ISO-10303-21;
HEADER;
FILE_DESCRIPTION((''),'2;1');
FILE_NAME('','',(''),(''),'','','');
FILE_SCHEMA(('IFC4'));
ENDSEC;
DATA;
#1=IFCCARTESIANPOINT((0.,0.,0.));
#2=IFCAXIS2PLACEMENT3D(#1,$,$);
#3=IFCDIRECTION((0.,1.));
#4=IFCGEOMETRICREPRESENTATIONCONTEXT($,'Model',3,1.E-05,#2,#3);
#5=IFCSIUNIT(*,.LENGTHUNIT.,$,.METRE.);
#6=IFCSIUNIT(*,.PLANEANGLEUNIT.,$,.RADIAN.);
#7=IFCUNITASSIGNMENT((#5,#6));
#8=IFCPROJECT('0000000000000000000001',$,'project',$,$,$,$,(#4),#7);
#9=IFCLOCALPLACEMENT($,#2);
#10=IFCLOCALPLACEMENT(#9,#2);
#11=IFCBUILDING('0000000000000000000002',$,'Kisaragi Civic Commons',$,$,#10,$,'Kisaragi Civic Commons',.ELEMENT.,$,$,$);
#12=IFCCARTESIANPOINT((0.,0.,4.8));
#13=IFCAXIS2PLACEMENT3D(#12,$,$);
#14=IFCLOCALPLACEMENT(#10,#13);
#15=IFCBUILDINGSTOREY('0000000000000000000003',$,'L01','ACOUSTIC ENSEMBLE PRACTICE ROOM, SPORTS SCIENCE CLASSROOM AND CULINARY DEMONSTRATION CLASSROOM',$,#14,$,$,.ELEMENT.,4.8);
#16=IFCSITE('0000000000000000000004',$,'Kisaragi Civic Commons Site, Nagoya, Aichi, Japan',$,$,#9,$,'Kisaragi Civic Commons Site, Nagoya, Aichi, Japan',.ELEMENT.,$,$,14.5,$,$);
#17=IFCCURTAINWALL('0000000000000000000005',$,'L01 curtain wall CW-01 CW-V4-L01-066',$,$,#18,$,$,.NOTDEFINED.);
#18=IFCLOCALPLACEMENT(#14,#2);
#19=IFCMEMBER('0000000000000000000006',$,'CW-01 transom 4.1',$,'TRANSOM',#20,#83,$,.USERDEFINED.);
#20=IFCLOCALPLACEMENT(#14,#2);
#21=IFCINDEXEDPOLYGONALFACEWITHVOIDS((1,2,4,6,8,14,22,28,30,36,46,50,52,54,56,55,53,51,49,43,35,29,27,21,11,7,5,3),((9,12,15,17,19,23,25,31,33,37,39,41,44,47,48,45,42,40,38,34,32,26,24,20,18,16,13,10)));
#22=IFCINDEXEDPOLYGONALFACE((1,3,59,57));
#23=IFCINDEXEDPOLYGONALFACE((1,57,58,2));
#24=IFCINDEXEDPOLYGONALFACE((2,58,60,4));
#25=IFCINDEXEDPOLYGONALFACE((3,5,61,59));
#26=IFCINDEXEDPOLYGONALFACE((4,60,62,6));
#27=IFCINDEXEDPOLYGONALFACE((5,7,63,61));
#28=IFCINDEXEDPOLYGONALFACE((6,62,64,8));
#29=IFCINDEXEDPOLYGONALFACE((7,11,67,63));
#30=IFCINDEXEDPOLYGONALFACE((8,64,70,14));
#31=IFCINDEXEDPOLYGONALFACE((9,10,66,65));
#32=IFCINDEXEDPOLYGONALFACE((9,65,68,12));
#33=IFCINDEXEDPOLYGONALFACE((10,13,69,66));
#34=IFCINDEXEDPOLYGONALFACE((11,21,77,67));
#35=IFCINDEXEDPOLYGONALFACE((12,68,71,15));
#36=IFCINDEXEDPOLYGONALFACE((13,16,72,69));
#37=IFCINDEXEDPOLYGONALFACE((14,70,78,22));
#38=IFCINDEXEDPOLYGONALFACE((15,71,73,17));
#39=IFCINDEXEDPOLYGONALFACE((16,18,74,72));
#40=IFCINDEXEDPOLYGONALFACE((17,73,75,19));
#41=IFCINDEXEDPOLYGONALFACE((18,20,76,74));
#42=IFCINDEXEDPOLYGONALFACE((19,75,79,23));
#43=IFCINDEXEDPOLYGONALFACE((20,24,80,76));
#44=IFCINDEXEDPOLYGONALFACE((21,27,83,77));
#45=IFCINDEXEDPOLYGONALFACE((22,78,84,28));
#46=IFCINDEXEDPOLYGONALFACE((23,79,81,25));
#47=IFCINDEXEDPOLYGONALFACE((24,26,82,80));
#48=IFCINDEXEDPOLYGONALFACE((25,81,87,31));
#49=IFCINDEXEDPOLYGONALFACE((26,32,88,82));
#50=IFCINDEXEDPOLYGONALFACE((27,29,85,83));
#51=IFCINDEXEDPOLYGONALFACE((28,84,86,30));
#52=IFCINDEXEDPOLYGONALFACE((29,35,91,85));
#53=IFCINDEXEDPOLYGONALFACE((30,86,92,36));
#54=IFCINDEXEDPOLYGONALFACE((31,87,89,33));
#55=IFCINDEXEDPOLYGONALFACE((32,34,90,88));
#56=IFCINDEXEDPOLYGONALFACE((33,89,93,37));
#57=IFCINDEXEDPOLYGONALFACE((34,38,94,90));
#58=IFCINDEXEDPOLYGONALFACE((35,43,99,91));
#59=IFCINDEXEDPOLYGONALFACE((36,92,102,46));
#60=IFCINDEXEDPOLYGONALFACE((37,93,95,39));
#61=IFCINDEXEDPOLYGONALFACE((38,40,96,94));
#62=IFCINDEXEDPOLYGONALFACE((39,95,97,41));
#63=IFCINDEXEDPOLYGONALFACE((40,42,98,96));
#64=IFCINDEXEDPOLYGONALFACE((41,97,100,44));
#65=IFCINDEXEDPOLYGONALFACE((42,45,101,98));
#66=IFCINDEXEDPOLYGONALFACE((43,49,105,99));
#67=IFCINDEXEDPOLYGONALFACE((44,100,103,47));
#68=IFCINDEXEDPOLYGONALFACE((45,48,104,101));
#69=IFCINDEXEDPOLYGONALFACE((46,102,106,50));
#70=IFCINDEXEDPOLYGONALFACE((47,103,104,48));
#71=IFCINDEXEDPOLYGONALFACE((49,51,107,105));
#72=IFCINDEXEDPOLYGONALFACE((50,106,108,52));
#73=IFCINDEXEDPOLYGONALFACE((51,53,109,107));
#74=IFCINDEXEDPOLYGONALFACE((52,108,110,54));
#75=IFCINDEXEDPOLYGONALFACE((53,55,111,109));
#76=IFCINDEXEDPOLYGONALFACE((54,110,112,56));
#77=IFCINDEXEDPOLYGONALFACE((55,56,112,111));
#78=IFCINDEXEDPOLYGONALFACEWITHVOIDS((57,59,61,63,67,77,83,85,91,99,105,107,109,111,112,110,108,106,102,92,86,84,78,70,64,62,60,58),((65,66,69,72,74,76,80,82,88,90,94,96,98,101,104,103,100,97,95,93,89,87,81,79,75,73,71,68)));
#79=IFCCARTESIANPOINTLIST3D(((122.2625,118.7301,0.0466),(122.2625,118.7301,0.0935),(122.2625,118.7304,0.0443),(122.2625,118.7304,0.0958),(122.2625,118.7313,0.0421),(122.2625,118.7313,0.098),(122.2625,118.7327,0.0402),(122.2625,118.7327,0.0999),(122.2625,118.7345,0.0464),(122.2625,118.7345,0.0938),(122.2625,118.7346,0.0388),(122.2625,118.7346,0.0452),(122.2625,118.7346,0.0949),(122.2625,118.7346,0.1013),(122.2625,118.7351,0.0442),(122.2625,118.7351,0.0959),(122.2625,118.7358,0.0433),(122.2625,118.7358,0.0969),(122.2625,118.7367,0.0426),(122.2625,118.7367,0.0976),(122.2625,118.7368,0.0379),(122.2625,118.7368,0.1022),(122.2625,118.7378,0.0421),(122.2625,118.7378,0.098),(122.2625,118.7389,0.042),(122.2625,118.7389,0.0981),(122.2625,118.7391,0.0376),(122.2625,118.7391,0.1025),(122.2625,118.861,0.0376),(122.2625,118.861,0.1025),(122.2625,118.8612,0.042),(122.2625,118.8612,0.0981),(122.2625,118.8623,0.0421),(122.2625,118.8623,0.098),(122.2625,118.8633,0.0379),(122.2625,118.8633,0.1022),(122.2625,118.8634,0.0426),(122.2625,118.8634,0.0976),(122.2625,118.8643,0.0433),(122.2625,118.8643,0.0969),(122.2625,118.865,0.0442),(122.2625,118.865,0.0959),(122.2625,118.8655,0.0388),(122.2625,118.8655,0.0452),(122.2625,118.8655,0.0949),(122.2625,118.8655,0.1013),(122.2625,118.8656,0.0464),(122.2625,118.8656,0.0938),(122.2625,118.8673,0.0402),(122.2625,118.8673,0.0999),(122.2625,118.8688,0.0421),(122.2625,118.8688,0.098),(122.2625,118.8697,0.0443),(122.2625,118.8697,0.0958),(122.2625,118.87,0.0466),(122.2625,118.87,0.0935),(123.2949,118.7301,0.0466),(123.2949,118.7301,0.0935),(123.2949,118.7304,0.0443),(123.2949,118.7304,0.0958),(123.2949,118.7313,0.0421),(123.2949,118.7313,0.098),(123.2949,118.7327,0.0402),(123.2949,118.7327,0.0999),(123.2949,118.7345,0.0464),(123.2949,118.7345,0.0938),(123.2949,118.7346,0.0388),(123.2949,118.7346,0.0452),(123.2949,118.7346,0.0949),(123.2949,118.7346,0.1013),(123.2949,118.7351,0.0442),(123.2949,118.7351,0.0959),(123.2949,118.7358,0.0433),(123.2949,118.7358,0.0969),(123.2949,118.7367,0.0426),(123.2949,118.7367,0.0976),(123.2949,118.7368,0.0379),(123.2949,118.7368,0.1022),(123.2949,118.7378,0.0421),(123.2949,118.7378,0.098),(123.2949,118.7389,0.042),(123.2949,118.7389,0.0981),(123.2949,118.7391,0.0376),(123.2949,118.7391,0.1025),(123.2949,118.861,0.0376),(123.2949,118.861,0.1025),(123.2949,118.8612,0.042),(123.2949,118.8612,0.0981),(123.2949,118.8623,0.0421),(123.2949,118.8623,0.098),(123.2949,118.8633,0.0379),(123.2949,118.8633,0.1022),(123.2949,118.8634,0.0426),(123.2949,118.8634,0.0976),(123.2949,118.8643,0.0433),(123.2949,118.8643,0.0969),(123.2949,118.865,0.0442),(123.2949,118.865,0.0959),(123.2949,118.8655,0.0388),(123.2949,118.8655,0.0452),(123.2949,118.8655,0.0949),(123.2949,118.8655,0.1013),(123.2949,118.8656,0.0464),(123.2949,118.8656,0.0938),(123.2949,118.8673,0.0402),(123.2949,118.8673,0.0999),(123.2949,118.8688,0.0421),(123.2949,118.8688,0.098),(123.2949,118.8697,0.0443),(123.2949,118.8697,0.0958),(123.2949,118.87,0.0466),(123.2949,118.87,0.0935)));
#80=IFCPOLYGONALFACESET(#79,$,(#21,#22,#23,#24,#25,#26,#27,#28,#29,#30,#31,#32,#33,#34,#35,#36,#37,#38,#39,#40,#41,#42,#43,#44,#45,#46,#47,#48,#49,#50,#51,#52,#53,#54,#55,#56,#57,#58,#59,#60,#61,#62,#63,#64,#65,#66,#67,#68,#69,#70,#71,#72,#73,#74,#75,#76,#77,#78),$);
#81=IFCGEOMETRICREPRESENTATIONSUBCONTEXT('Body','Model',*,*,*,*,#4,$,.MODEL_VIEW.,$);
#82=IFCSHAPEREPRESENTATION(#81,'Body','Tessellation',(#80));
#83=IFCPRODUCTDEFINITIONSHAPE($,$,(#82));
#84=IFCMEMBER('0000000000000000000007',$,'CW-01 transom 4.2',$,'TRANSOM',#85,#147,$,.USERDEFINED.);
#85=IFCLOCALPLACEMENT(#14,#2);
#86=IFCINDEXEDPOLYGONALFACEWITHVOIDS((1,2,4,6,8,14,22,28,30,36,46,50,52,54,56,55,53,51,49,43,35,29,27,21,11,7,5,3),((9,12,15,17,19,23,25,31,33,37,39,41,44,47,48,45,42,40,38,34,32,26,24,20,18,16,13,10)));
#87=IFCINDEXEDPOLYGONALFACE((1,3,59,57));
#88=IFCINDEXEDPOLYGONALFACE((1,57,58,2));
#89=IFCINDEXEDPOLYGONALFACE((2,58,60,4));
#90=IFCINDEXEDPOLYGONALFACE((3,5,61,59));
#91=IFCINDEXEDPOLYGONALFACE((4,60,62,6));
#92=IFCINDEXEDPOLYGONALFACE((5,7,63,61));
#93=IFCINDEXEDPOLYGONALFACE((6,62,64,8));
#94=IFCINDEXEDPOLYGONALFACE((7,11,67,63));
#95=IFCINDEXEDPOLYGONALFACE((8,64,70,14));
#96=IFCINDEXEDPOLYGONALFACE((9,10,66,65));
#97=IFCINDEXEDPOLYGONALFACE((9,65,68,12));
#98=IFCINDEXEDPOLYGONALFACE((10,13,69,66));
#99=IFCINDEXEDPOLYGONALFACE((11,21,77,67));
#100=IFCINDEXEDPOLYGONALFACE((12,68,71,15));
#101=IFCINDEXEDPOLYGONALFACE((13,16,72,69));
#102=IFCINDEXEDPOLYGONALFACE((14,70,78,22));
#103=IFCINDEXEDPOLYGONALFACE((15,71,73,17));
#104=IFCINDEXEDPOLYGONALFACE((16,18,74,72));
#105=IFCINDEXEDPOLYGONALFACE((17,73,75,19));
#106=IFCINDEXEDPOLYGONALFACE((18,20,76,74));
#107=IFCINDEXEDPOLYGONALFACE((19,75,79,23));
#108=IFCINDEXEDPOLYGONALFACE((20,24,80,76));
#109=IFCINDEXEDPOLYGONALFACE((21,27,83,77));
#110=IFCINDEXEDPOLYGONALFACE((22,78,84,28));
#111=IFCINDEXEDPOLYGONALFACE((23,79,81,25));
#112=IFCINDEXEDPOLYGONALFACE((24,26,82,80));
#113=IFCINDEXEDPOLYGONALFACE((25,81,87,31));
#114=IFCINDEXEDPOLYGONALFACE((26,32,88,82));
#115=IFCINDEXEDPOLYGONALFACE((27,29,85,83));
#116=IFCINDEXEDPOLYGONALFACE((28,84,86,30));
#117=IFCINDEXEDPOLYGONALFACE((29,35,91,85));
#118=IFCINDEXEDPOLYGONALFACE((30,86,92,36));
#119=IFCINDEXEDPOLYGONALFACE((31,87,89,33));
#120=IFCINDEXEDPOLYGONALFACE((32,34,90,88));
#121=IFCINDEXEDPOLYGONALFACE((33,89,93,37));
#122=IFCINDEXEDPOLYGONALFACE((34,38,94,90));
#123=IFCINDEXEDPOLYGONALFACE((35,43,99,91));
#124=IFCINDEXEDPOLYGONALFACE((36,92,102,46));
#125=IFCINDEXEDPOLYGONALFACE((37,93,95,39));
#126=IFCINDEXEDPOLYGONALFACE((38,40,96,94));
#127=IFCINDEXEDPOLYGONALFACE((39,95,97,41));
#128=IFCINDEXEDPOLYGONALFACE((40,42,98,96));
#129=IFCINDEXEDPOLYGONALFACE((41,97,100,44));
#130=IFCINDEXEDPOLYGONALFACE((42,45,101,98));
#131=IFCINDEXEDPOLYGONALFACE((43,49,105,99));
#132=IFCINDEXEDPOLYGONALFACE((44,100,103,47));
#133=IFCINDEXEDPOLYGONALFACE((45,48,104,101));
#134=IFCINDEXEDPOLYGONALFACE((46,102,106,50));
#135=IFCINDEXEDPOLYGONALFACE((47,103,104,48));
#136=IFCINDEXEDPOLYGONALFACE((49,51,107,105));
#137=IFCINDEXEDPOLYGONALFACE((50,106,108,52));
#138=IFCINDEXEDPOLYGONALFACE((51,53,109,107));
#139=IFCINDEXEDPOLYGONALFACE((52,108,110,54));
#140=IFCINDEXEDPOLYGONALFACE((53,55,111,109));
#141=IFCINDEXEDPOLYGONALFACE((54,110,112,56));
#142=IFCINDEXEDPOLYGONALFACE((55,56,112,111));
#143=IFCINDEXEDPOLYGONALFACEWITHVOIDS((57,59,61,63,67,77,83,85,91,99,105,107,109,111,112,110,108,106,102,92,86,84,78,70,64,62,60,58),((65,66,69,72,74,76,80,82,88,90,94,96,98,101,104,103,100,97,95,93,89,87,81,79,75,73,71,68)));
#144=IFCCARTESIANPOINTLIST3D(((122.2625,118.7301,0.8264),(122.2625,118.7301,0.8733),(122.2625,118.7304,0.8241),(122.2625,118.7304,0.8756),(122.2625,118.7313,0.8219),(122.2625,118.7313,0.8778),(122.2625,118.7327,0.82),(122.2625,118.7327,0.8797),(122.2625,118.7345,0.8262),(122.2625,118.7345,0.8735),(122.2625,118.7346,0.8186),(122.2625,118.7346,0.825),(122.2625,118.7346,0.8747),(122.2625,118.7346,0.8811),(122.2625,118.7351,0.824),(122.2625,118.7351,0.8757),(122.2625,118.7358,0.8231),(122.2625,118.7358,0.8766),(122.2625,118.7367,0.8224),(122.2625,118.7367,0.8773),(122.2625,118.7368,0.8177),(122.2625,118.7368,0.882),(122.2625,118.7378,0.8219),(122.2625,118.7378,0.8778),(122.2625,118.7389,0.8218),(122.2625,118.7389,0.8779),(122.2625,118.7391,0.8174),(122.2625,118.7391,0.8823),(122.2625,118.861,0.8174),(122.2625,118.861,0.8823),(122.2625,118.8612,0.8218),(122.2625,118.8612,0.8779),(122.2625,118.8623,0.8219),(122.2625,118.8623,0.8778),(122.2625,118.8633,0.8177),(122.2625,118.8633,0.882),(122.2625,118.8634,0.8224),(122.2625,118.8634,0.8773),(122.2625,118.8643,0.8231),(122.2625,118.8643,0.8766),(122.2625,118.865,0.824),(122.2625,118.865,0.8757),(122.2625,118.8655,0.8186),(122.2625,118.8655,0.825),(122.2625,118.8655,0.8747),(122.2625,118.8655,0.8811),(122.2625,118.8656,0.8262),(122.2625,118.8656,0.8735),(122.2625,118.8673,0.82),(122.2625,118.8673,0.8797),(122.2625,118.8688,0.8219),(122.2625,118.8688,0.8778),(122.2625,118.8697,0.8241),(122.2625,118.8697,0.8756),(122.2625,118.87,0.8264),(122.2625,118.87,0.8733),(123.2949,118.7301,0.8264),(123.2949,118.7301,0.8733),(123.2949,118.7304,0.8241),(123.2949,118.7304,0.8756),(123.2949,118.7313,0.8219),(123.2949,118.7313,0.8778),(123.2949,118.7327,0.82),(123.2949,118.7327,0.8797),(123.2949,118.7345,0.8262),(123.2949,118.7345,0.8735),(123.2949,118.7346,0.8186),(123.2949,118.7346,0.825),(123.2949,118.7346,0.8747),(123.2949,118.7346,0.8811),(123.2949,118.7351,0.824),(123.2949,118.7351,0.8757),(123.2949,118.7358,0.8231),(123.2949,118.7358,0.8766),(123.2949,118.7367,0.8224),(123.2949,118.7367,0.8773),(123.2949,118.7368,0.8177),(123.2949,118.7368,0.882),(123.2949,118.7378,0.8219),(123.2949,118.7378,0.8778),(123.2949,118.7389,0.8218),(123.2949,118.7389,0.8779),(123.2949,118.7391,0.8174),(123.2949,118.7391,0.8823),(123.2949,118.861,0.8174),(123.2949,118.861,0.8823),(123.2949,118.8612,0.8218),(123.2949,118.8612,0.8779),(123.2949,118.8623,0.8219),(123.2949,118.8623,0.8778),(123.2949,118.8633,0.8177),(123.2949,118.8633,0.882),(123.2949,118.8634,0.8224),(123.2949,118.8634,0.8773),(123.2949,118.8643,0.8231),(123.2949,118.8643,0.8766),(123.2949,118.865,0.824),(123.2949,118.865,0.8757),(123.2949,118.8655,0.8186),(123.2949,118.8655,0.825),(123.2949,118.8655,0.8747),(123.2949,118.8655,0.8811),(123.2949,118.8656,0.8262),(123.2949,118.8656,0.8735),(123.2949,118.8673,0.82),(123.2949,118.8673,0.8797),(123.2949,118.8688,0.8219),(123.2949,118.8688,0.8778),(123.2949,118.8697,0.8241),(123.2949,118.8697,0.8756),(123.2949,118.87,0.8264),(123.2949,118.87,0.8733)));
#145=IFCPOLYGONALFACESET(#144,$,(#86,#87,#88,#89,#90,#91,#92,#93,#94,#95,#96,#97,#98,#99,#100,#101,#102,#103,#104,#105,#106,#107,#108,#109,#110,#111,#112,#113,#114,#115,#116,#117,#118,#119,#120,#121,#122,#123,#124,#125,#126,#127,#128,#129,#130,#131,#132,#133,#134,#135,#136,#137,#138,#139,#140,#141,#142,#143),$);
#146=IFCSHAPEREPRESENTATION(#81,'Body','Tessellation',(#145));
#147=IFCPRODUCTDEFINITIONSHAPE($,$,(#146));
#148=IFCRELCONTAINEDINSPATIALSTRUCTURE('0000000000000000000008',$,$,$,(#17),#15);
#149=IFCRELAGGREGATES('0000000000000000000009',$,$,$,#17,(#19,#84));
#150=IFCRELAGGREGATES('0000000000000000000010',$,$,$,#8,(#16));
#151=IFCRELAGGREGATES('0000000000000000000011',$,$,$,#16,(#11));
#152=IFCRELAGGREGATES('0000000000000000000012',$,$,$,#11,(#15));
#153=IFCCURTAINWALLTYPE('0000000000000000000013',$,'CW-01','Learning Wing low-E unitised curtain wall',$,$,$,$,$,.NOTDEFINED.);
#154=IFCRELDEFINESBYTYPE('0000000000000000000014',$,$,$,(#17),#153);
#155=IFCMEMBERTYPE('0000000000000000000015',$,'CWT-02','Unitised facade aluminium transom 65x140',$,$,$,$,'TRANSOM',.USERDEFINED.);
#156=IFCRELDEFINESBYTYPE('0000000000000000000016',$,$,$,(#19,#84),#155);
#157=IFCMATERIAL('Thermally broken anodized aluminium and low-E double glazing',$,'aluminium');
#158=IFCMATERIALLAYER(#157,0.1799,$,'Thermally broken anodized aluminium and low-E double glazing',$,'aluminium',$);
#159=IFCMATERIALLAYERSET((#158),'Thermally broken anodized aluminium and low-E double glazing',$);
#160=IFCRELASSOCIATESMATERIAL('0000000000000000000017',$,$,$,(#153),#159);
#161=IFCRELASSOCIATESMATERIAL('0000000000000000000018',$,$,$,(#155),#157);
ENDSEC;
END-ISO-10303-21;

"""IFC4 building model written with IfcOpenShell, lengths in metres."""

from ifc_helpers import new_model, si_unit, direction, frame, origin, origin_2d, place, context, subcontext, project, spatial, hollow_rectangle, extrude, material, layer, layer_set, material_profile, profile_set, type_object, element, aggregate, save


model = new_model("IFC4")

# Units and contexts
model_context = context("Model", 3, precision=1e-05, world=origin(), true_north=direction((0.0, 1.0)))
body_context = subcontext(model_context, "Body", "Model", "MODEL_VIEW")
ifc_project = project(units=[si_unit("LENGTHUNIT", "METRE"), si_unit("PLANEANGLEUNIT", "RADIAN")], contexts=[model_context])

# Site, building, storey
site_placement = place(None, origin())
site = spatial("IfcSite", under=ifc_project, at=site_placement, Name="Kisaragi Civic Commons Site, Nagoya, Aichi, Japan", LongName="Kisaragi Civic Commons Site, Nagoya, Aichi, Japan", CompositionType="ELEMENT", RefElevation=14.5)
building_placement = place(site_placement, origin())
building = spatial("IfcBuilding", under=site, at=building_placement, Name="Kisaragi Civic Commons", LongName="Kisaragi Civic Commons", CompositionType="ELEMENT")
storey_placement = place(building_placement, frame((0.0, 0.0, 4.8)))
storey = spatial("IfcBuildingStorey", under=building, at=storey_placement, Name="L01", Description="ACOUSTIC ENSEMBLE PRACTICE ROOM, SPORTS SCIENCE CLASSROOM AND CULINARY DEMONSTRATION CLASSROOM", CompositionType="ELEMENT", Elevation=4.8)

# Curtain wall, members
ifc_material = material(Name="Thermally broken anodized aluminium and low-E double glazing", Category="aluminium")
ifc_layer_1 = layer(ifc_material, 0.1799, Name="Thermally broken anodized aluminium and low-E double glazing", Category="aluminium")
ifc_layer_set_1 = layer_set([ifc_layer_1], Name="Thermally broken anodized aluminium and low-E double glazing")
curtain_wall_type = type_object("IfcCurtainWallType", Name="CW-01", Description="Learning Wing low-E unitised curtain wall", PredefinedType="NOTDEFINED", material=ifc_layer_set_1)
curtain_wall_placement = place(storey_placement, origin())
curtain_wall = element("IfcCurtainWall", 1, at=curtain_wall_placement, inside=storey, type_object=curtain_wall_type, Name="L01 curtain wall CW-01 CW-V4-L01-066", PredefinedType="NOTDEFINED")
ifc_material_profile_1 = material_profile(ifc_material, hollow_rectangle(XDim=0.1399, YDim=0.0649, WallThickness=0.0044, InnerFilletRadius=0.0044, OuterFilletRadius=0.009, at=origin_2d()), Name="CWT-65x140x4.5", Category="aluminium")
ifc_profile_set_1 = profile_set([ifc_material_profile_1], Name="Thermally broken anodized aluminium and low-E double glazing")
member_type_1 = type_object("IfcMemberType", Name="CWT-02", Description="Unitised facade aluminium transom 65x140", ElementType="TRANSOM", PredefinedType="USERDEFINED", material=ifc_profile_set_1)
member_1_placement = place(storey_placement, frame((122.2625, 118.8, 0.0701), z_axis=(1.0, 0.0, 0.0), x_axis=(0.0, 1.0, 0.0)))
member_1 = element("IfcMember", 2, at=member_1_placement, type_object=member_type_1, Name="CW-01 transom 4.1", ObjectType="TRANSOM", PredefinedType="USERDEFINED", context=body_context, shape_type="SweptSolid", body=[
    extrude(hollow_rectangle(XDim=0.1399, YDim=0.0649, WallThickness=0.0044, InnerFilletRadius=0.0044, OuterFilletRadius=0.009, at=origin_2d()), origin(), (0.0, 0.0, 1.0), 1.0325),
])
member_2_placement = place(storey_placement, frame((122.2625, 118.8, 0.8499), z_axis=(1.0, 0.0, 0.0), x_axis=(0.0, 1.0, 0.0)))
member_2 = element("IfcMember", 3, at=member_2_placement, type_object=member_type_1, Name="CW-01 transom 4.2", ObjectType="TRANSOM", PredefinedType="USERDEFINED", context=body_context, shape_type="SweptSolid", body=[
    extrude(hollow_rectangle(XDim=0.1399, YDim=0.0649, WallThickness=0.0044, InnerFilletRadius=0.0044, OuterFilletRadius=0.009, at=origin_2d()), origin(), (0.0, 0.0, 1.0), 1.0325),
])
aggregate(curtain_wall, [member_1, member_2])

save(model, "model.ifc")
